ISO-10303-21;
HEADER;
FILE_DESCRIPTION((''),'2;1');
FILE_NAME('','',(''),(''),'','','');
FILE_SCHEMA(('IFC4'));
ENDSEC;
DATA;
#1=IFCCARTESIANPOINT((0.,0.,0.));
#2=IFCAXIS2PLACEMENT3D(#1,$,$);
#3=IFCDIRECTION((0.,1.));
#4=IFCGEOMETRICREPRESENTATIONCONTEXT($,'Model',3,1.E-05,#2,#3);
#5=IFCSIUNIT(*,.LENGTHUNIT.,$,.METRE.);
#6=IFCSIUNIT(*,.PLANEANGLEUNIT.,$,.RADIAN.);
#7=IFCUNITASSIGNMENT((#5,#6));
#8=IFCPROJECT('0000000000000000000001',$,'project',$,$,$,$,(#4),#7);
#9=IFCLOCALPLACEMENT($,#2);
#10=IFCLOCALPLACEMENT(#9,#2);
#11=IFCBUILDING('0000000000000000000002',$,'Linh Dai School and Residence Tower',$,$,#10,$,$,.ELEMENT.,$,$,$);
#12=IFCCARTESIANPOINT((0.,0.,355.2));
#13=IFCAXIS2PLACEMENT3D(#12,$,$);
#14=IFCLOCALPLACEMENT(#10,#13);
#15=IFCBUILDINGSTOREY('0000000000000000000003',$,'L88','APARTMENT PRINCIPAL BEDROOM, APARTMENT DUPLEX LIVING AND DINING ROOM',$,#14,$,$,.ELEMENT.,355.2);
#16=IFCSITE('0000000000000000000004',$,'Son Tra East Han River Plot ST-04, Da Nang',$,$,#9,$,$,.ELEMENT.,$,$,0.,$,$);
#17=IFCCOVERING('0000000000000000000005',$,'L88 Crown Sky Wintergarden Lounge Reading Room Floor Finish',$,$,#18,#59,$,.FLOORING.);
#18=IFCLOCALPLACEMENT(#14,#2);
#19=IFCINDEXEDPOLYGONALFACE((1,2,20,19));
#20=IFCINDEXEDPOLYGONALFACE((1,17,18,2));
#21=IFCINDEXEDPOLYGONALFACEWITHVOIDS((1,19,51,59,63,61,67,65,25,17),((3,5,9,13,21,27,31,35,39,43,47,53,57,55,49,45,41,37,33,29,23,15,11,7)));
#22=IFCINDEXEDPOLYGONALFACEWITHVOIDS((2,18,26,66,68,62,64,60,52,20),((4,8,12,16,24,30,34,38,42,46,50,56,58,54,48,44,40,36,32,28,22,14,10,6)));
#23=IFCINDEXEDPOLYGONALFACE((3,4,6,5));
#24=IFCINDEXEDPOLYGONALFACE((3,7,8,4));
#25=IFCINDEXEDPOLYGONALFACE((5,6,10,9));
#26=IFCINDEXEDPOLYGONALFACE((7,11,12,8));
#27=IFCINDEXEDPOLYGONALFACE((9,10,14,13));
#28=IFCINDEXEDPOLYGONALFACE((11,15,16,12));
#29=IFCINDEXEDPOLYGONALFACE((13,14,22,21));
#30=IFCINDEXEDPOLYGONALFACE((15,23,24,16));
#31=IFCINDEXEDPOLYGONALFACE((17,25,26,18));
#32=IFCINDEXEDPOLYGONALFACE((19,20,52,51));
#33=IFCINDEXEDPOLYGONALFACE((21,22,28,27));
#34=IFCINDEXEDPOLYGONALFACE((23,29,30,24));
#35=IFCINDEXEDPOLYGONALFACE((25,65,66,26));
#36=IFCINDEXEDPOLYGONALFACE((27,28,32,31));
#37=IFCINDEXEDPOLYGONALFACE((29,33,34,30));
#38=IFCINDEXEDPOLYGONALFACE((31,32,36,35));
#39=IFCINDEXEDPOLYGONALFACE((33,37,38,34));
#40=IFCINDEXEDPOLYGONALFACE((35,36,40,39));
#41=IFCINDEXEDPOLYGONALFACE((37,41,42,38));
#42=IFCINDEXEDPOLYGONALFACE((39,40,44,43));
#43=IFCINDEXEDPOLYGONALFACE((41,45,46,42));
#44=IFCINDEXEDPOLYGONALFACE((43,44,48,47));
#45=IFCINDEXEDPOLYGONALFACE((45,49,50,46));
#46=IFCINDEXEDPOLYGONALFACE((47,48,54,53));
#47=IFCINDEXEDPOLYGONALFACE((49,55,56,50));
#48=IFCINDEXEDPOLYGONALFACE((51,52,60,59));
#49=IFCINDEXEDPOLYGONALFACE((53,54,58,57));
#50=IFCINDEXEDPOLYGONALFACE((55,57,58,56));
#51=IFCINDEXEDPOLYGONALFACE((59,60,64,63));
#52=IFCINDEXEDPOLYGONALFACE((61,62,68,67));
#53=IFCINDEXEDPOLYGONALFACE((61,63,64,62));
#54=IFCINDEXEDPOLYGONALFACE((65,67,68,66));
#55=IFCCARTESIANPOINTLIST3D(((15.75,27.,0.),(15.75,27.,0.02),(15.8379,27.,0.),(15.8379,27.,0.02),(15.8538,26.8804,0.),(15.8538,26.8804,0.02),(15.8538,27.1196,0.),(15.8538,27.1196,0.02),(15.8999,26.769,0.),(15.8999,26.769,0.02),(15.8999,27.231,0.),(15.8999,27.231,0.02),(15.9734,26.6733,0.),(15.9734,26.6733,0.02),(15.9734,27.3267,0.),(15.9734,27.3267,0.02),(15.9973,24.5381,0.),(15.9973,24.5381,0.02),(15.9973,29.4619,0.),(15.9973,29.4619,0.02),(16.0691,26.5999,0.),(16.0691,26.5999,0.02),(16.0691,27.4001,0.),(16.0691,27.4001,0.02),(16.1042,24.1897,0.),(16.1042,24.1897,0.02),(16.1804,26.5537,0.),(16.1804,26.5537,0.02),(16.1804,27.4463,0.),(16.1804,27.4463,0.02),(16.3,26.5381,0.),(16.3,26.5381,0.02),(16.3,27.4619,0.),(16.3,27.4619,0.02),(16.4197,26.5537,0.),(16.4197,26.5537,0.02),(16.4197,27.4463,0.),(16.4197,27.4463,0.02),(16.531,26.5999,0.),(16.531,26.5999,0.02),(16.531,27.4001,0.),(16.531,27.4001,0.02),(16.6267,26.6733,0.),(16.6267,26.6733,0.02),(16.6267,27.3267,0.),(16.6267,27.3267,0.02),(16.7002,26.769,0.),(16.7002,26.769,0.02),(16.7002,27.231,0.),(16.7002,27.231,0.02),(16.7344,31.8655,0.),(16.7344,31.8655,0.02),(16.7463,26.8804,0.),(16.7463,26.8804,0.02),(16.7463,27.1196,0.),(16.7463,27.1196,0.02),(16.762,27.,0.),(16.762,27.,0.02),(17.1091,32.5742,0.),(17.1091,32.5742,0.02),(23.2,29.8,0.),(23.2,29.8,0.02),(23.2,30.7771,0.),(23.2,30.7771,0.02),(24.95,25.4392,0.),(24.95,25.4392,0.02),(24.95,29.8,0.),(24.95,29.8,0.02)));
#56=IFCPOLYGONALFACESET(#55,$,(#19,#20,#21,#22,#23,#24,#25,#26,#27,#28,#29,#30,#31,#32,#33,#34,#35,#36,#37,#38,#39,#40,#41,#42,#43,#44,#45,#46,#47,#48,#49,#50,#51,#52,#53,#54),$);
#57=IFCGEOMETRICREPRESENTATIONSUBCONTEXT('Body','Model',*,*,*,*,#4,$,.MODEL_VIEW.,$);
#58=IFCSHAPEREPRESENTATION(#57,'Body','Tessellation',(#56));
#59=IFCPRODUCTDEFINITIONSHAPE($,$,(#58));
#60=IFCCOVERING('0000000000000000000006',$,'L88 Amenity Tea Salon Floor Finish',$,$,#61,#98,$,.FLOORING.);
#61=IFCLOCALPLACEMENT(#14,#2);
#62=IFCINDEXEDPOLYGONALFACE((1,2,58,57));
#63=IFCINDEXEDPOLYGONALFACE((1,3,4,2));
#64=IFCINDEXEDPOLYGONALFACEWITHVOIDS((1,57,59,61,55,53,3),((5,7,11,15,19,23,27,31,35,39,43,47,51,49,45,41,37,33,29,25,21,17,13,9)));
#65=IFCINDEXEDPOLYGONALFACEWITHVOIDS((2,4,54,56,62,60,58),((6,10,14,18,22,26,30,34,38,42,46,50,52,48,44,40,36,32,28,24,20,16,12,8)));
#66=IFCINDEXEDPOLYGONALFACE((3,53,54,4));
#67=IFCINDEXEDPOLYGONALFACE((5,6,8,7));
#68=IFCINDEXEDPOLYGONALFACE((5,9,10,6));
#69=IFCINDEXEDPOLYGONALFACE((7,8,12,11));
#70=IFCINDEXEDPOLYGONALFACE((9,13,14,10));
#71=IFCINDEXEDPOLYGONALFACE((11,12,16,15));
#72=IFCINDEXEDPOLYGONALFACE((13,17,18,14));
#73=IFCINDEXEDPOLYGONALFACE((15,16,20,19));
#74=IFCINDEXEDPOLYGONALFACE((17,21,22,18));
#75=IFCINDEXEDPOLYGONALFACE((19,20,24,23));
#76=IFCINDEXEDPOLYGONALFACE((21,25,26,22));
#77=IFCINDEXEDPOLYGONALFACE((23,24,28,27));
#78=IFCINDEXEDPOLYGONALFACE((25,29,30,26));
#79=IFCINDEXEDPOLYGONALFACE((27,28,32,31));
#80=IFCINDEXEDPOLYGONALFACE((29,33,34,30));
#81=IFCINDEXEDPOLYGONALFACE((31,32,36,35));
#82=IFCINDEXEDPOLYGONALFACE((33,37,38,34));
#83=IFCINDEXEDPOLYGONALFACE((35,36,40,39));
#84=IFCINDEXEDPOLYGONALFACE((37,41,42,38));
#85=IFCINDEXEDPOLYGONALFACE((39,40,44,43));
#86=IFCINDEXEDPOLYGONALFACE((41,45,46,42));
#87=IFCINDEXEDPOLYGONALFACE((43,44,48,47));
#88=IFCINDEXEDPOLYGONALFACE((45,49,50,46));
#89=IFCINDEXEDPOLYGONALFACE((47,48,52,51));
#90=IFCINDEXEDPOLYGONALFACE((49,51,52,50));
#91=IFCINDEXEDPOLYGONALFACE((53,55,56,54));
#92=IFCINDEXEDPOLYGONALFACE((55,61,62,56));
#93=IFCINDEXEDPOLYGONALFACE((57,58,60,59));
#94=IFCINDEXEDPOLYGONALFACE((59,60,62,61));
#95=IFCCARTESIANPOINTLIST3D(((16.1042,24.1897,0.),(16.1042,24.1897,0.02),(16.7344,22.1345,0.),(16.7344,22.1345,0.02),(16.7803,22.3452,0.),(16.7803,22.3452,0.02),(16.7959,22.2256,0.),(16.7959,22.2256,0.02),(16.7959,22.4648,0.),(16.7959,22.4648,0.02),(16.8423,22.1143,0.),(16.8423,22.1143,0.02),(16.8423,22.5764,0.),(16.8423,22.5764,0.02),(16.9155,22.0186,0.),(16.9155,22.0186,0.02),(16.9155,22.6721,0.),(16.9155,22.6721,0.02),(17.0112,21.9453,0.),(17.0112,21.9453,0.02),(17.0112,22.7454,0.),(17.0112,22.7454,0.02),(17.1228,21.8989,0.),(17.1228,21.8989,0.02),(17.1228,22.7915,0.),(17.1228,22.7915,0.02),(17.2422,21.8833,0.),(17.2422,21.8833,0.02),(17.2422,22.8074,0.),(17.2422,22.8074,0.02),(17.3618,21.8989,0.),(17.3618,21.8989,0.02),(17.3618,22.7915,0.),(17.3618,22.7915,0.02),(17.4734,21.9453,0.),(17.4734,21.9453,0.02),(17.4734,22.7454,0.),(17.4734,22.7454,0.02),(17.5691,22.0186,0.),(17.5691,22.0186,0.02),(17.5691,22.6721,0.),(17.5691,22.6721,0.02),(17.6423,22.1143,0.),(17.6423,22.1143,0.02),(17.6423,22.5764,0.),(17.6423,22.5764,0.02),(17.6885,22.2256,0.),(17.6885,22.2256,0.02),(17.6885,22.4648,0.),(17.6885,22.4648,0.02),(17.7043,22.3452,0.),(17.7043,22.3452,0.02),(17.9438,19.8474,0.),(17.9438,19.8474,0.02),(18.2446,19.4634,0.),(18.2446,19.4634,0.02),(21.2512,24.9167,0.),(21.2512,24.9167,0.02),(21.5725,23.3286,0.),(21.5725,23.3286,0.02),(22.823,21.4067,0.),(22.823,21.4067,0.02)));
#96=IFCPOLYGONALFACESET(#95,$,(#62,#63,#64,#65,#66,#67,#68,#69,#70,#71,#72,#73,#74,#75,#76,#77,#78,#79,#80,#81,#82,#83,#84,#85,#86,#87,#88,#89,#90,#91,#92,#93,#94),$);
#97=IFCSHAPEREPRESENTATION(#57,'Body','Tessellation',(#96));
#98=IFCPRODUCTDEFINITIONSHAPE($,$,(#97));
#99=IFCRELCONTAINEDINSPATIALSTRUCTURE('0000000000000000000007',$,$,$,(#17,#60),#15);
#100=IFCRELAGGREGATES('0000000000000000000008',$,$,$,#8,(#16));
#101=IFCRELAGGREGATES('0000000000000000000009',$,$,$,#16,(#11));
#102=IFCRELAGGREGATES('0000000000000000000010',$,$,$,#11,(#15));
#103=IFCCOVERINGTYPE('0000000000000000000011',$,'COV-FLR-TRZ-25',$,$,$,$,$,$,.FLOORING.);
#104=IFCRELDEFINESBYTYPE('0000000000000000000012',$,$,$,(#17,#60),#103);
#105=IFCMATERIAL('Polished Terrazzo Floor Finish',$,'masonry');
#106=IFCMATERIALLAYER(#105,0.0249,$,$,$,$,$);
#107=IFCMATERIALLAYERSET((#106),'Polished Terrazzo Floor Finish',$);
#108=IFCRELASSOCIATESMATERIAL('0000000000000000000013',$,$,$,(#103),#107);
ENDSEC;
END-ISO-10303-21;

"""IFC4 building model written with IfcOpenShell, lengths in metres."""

from ifc_helpers import new_model, si_unit, direction, frame, origin, place, context, subcontext, project, spatial, polyline, outline, extrude, material, layer, layer_set, type_object, element, save


model = new_model("IFC4")

# Units and contexts
model_context = context("Model", 3, precision=1e-05, world=origin(), true_north=direction((0.0, 1.0)))
body_context = subcontext(model_context, "Body", "Model", "MODEL_VIEW")
ifc_project = project(units=[si_unit("LENGTHUNIT", "METRE"), si_unit("PLANEANGLEUNIT", "RADIAN")], contexts=[model_context])

# Site, building, storey
site_placement = place(None, origin())
site = spatial("IfcSite", under=ifc_project, at=site_placement, Name="Son Tra East Han River Plot ST-04, Da Nang", CompositionType="ELEMENT", RefElevation=0.0)
building_placement = place(site_placement, origin())
building = spatial("IfcBuilding", under=site, at=building_placement, Name="Linh Dai School and Residence Tower", CompositionType="ELEMENT")
storey_placement = place(building_placement, frame((0.0, 0.0, 355.2)))
storey = spatial("IfcBuildingStorey", under=building, at=storey_placement, Name="L88", Description="APARTMENT PRINCIPAL BEDROOM, APARTMENT DUPLEX LIVING AND DINING ROOM", CompositionType="ELEMENT", Elevation=355.2)

# Coverings
ifc_material_1 = material(Name="Polished Terrazzo Floor Finish", Category="masonry")
ifc_layer_1 = layer(ifc_material_1, 0.0249)
ifc_layer_set_1 = layer_set([ifc_layer_1], Name="Polished Terrazzo Floor Finish")
covering_type_1 = type_object("IfcCoveringType", Name="COV-FLR-TRZ-25", PredefinedType="FLOORING", material=ifc_layer_set_1)
covering_1_placement = place(storey_placement, origin())
element("IfcCovering", 1, at=covering_1_placement, inside=storey, type_object=covering_type_1, Name="L88 Crown Sky Wintergarden Lounge Reading Room Floor Finish", PredefinedType="FLOORING", context=body_context, shape_type="SweptSolid", body=[
    extrude(outline(polyline([(15.75, 27.0), (15.9973, 29.4619), (16.7344, 31.8655), (17.1091, 32.5742), (23.2, 30.7771), (23.2, 29.8), (24.95, 29.8), (24.95, 25.4392), (16.1042, 24.1897), (15.9973, 24.5381), (15.75, 27.0)]), holes=[polyline([(16.7463, 27.1196), (16.7002, 27.231), (16.6267, 27.3267), (16.531, 27.4001), (16.4197, 27.4463), (16.3, 27.4619), (16.1804, 27.4463), (16.0691, 27.4001), (15.9734, 27.3267), (15.8999, 27.231), (15.8538, 27.1196), (15.8379, 27.0), (15.8538, 26.8804), (15.8999, 26.769), (15.9734, 26.6733), (16.0691, 26.5999), (16.1804, 26.5537), (16.3, 26.5381), (16.4197, 26.5537), (16.531, 26.5999), (16.6267, 26.6733), (16.7002, 26.769), (16.7463, 26.8804), (16.762, 27.0), (16.7463, 27.1196)])]), origin(), (0.0, 0.0, 1.0), 0.02),
])
covering_2_placement = place(storey_placement, origin())
element("IfcCovering", 2, at=covering_2_placement, inside=storey, type_object=covering_type_1, Name="L88 Amenity Tea Salon Floor Finish", PredefinedType="FLOORING", context=body_context, shape_type="SweptSolid", body=[
    extrude(outline(polyline([(16.1042, 24.1897), (21.2512, 24.9167), (21.5725, 23.3286), (22.823, 21.4067), (18.2446, 19.4634), (17.9438, 19.8474), (16.7344, 22.1345), (16.1042, 24.1897)]), holes=[polyline([(17.6885, 22.4648), (17.6423, 22.5764), (17.5691, 22.6721), (17.4734, 22.7454), (17.3618, 22.7915), (17.2422, 22.8074), (17.1228, 22.7915), (17.0112, 22.7454), (16.9155, 22.6721), (16.8423, 22.5764), (16.7959, 22.4648), (16.7803, 22.3452), (16.7959, 22.2256), (16.8423, 22.1143), (16.9155, 22.0186), (17.0112, 21.9453), (17.1228, 21.8989), (17.2422, 21.8833), (17.3618, 21.8989), (17.4734, 21.9453), (17.5691, 22.0186), (17.6423, 22.1143), (17.6885, 22.2256), (17.7043, 22.3452), (17.6885, 22.4648)])]), origin(), (0.0, 0.0, 1.0), 0.02),
])

save(model, "model.ifc")
